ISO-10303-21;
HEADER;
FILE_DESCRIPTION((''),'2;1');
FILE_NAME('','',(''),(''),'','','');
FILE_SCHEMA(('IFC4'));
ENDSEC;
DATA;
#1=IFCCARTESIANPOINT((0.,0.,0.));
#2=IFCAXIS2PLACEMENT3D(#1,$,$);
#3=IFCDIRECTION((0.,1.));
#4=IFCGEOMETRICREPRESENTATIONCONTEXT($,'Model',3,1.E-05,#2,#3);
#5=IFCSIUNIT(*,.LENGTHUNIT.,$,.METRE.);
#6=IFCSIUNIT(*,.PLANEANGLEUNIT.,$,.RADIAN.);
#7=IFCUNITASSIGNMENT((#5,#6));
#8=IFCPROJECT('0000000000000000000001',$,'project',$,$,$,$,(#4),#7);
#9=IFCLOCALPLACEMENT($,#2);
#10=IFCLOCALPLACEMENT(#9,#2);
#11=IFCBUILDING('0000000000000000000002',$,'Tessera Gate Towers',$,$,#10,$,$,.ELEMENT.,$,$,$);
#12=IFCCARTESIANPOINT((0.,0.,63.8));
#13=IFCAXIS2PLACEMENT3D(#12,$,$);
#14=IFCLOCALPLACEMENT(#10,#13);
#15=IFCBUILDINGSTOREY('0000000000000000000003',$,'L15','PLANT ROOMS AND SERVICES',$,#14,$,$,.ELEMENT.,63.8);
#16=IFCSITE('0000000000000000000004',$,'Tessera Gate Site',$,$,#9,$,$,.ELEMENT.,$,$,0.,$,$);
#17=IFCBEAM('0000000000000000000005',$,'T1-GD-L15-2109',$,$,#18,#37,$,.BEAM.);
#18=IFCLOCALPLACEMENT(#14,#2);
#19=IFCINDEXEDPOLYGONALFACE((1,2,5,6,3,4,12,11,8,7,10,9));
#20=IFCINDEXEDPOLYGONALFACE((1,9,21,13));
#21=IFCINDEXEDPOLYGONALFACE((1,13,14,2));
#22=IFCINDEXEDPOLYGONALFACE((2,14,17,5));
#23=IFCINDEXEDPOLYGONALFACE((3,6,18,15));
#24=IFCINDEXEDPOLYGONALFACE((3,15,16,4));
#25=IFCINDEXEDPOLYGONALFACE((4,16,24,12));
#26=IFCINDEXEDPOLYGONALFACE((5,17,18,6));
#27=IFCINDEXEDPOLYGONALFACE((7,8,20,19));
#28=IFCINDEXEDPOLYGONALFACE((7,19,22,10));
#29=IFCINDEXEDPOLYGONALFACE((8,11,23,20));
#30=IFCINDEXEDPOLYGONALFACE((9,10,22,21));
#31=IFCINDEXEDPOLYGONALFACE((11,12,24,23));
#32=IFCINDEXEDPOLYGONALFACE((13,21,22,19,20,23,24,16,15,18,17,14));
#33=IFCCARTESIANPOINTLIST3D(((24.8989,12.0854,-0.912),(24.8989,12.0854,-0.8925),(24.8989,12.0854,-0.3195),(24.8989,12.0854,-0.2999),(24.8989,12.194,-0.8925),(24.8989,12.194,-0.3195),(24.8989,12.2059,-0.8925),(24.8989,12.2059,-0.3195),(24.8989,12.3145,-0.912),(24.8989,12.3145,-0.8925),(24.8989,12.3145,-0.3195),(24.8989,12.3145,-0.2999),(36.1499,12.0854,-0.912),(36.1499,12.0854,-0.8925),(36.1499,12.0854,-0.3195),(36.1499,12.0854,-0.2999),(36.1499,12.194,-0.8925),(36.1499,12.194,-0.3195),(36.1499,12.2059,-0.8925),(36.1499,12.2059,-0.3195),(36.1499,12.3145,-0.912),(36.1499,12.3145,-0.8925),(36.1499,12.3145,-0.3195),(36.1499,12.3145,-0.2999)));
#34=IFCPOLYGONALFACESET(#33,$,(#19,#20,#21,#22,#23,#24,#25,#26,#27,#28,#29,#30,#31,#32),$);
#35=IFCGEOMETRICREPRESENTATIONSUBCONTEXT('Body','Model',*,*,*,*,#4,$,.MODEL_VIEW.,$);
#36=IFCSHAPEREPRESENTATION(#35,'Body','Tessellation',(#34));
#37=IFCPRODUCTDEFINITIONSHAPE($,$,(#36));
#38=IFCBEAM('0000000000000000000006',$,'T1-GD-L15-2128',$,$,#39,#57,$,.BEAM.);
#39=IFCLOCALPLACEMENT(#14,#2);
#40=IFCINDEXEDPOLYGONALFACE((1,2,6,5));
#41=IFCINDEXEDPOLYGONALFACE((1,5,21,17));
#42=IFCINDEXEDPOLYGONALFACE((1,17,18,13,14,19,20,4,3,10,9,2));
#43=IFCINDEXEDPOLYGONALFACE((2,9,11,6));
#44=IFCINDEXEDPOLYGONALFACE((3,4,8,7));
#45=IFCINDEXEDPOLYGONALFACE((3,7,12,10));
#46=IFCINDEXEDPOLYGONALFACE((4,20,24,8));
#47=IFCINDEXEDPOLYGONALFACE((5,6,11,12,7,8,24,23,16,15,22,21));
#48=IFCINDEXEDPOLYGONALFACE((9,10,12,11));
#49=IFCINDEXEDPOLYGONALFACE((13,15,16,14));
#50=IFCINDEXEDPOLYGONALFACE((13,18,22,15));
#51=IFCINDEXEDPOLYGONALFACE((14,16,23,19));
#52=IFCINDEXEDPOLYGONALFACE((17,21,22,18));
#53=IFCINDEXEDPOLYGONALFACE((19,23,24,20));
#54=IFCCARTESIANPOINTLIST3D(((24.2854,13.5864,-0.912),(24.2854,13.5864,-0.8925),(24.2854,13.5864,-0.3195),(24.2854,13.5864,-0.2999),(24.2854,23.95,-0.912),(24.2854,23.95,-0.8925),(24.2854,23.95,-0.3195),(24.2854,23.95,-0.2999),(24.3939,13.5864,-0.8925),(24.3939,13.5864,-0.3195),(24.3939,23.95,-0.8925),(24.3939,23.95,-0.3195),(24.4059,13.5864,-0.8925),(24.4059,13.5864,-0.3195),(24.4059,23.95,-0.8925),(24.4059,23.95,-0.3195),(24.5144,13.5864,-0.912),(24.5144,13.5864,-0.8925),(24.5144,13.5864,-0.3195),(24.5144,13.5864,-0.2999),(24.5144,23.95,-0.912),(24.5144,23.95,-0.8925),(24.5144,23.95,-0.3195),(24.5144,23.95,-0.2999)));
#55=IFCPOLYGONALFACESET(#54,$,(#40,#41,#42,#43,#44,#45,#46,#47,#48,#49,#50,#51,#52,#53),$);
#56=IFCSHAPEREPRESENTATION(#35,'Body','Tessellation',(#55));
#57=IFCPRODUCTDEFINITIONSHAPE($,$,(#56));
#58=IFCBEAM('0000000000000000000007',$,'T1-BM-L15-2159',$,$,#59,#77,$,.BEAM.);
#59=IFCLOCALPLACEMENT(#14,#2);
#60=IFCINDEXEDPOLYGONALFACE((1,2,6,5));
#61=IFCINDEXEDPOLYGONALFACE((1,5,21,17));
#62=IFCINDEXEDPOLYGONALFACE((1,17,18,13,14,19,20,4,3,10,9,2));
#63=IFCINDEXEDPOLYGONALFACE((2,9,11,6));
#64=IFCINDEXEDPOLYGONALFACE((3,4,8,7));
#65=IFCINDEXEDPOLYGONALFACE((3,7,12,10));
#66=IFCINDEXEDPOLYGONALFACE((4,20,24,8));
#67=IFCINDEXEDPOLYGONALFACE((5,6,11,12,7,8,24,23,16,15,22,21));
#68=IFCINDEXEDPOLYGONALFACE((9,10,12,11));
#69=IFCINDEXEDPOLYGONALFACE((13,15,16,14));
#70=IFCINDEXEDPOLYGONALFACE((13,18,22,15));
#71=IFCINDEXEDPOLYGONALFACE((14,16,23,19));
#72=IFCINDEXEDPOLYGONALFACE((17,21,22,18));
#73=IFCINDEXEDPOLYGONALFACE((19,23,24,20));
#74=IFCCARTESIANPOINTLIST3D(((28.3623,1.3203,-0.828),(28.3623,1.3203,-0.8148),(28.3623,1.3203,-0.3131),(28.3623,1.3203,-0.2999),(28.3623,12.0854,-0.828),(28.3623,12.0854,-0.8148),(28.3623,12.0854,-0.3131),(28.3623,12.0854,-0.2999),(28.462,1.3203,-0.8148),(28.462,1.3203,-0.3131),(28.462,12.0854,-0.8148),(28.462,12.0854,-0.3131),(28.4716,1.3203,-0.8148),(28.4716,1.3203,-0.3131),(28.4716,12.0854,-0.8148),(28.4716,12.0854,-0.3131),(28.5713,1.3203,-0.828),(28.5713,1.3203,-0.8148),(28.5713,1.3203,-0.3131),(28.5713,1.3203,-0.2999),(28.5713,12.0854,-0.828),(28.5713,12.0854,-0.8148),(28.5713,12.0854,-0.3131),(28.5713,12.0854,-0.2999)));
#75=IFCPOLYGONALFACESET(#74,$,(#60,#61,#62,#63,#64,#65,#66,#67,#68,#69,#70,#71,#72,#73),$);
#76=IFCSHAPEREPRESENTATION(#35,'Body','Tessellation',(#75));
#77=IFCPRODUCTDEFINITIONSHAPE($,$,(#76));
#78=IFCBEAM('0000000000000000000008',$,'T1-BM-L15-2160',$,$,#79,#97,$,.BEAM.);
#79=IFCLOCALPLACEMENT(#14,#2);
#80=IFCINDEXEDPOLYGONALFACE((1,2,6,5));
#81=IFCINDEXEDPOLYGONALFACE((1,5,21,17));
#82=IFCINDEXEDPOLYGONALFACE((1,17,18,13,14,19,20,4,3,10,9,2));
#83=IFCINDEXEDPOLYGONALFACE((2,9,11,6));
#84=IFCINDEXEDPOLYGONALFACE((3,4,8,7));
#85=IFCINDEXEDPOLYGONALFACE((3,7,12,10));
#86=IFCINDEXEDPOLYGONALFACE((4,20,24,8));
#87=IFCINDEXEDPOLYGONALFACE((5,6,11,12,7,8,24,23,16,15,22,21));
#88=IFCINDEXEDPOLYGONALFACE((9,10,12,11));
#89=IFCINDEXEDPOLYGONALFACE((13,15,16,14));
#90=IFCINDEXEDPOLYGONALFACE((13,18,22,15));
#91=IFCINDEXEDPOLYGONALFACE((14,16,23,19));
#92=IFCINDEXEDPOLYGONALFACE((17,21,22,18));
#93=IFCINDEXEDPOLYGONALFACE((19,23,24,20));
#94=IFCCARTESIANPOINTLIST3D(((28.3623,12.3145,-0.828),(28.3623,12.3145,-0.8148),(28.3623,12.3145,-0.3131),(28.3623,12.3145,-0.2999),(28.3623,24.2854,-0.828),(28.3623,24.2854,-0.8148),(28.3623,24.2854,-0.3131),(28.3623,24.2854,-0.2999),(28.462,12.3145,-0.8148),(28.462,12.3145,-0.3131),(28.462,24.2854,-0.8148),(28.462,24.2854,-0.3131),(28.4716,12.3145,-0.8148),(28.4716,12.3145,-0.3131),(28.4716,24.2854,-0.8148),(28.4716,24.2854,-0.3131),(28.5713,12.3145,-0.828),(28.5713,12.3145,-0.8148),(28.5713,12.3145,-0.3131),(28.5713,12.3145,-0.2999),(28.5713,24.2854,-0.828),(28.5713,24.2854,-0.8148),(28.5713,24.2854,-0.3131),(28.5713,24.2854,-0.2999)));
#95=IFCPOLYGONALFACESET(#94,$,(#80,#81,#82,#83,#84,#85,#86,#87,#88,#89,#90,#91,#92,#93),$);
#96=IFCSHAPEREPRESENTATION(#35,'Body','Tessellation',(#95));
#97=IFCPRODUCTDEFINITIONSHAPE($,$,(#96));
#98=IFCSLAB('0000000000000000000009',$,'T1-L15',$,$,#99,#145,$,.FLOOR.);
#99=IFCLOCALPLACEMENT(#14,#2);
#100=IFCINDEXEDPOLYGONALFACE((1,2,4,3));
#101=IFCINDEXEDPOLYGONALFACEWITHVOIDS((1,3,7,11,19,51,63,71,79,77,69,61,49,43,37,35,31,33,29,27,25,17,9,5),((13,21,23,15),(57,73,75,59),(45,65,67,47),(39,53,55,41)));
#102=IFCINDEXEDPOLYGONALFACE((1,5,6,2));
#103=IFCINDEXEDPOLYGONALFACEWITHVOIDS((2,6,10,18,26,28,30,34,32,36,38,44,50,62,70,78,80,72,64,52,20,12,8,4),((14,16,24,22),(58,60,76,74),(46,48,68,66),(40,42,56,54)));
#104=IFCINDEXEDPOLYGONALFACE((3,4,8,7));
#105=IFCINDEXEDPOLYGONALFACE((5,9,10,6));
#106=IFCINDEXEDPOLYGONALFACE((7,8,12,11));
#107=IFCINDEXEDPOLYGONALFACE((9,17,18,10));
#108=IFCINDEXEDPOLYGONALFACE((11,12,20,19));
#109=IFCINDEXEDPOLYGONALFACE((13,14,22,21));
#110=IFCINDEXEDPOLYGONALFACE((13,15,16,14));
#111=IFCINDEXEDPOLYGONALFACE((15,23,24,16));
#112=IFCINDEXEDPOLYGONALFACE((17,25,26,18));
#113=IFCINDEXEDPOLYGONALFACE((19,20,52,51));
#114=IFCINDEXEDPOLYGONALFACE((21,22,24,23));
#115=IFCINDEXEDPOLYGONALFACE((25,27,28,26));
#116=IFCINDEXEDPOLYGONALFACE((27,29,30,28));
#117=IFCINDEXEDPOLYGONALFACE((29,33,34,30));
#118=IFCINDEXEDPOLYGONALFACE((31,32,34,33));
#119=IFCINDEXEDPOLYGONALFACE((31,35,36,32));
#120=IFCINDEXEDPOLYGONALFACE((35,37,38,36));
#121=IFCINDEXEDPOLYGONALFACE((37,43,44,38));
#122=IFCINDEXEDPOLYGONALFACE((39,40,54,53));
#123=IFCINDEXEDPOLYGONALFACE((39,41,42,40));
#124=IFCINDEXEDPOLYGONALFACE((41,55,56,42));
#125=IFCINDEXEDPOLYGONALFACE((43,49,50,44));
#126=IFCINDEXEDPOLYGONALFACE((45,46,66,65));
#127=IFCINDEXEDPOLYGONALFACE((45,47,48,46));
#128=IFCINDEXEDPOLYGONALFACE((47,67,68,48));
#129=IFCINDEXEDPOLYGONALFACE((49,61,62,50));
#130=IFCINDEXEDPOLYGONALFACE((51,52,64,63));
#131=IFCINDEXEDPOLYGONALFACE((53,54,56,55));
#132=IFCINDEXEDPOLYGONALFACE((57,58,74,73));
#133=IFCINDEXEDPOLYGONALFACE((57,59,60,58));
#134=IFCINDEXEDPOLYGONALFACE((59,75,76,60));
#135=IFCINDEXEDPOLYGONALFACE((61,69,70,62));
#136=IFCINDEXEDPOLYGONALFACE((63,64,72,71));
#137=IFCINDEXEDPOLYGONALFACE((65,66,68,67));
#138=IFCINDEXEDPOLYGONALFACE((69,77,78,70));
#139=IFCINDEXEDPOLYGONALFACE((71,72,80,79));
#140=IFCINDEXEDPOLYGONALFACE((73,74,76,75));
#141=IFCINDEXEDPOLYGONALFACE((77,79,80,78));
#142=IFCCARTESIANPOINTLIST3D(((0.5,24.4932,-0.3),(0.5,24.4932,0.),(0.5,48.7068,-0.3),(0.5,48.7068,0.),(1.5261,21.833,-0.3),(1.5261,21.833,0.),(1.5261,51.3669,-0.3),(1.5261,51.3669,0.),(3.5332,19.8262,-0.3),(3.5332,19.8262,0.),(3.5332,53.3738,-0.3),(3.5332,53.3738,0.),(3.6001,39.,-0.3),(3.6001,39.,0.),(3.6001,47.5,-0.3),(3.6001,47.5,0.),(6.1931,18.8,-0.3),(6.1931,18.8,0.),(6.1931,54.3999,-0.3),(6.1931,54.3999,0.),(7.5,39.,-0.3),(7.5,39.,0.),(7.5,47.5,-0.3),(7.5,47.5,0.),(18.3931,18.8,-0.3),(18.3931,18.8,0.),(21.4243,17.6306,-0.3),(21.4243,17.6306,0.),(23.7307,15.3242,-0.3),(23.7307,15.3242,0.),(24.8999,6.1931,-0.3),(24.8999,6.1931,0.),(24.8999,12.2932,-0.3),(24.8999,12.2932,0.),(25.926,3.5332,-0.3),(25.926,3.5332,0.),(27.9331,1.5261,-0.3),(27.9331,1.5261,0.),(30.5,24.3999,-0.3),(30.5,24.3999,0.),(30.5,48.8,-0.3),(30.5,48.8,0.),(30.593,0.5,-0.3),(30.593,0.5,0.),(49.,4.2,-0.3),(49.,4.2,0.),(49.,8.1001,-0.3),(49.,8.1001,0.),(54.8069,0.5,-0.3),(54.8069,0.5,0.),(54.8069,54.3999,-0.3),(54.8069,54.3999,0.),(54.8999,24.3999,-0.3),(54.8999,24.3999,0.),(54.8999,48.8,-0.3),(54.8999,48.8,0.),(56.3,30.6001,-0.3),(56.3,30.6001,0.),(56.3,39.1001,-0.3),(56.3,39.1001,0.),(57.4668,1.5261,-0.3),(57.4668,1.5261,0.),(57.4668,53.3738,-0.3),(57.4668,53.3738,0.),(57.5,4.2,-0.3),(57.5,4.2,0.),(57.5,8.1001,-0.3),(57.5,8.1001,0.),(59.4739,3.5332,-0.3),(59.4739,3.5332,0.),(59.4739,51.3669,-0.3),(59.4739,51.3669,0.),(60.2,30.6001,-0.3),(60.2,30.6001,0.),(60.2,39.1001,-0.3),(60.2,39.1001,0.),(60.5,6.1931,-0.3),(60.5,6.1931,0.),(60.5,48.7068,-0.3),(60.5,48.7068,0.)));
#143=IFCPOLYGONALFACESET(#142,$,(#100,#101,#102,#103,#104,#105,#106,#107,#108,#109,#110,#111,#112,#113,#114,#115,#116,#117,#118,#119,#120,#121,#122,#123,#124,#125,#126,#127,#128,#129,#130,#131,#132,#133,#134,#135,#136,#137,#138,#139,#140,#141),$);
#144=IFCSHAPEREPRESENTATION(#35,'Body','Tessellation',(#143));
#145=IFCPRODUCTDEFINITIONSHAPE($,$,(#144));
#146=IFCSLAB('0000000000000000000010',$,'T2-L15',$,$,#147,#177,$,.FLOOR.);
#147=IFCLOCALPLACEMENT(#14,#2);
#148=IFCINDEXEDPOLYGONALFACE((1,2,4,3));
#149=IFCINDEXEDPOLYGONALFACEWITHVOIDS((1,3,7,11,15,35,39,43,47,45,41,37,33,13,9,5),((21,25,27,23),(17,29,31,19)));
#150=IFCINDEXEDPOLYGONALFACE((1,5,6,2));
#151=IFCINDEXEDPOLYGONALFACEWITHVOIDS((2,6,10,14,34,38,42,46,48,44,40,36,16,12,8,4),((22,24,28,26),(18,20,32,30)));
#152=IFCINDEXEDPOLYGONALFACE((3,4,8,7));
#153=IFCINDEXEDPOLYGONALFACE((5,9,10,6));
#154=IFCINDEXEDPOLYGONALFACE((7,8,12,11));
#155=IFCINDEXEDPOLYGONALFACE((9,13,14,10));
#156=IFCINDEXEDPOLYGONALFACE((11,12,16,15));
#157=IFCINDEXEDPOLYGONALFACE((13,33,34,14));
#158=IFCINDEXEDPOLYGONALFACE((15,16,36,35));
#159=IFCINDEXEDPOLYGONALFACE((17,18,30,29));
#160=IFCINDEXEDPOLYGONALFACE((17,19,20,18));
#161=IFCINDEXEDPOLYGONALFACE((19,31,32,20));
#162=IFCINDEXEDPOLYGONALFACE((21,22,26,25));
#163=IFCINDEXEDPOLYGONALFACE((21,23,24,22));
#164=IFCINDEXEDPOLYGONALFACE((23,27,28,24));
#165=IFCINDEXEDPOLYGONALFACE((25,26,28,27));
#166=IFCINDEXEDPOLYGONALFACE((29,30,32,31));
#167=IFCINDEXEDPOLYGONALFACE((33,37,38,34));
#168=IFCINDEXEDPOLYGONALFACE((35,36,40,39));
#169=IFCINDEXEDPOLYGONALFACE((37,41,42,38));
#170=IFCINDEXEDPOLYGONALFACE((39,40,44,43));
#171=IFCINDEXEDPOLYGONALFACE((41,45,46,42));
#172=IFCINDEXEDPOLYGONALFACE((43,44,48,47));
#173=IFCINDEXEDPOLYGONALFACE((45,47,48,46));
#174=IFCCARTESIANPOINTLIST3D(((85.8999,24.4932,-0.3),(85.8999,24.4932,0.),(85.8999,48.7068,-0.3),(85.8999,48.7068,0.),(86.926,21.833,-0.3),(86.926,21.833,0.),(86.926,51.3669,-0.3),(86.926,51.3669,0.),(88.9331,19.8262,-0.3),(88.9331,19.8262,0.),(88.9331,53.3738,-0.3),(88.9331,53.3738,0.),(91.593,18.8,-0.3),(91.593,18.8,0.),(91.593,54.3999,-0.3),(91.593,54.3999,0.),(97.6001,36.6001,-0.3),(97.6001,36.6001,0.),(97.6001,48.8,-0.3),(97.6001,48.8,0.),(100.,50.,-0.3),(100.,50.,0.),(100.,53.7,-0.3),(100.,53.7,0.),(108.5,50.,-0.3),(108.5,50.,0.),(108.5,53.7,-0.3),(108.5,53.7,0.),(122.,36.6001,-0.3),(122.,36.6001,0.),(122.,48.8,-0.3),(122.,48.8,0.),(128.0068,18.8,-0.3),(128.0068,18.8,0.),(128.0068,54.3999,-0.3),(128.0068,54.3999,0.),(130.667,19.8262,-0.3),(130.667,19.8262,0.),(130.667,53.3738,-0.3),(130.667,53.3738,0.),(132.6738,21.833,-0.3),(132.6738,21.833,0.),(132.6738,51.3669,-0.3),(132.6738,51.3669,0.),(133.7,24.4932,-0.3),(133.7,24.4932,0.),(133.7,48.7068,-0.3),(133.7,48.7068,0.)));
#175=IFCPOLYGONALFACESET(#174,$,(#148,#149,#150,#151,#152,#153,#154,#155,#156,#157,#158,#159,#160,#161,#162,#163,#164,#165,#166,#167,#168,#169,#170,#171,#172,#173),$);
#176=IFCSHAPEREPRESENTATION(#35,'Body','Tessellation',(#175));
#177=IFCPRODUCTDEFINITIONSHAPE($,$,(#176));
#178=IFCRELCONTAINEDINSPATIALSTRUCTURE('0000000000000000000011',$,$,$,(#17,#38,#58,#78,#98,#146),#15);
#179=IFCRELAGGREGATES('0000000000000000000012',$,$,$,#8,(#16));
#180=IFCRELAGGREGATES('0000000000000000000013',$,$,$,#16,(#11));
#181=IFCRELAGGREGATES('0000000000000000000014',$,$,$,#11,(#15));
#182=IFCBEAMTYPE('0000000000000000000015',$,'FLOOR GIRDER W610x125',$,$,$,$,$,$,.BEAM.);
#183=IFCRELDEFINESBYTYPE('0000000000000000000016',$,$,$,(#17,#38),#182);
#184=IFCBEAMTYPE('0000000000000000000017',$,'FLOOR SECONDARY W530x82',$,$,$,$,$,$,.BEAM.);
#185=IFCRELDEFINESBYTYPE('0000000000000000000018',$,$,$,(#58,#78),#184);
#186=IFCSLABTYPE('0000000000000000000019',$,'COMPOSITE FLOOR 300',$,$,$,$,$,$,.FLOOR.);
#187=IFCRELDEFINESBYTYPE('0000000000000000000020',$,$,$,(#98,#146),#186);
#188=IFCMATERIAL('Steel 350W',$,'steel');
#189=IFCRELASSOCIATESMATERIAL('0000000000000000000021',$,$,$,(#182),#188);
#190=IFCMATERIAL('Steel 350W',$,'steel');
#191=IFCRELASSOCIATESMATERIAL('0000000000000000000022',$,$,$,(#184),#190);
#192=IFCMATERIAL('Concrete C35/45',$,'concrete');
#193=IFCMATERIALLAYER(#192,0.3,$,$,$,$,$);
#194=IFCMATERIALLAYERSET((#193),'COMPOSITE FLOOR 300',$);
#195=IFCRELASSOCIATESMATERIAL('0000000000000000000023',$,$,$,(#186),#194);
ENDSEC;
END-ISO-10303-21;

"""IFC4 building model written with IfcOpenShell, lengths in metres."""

from ifc_helpers import new_model, si_unit, direction, frame, origin, origin_2d, place, context, subcontext, project, spatial, polyline, i_section, outline, extrude, material, layer, layer_set, material_profile, profile_set, type_object, element, save


model = new_model("IFC4")

# Units and contexts
model_context = context("Model", 3, precision=1e-05, world=origin(), true_north=direction((0.0, 1.0)))
body_context = subcontext(model_context, "Body", "Model", "MODEL_VIEW")
ifc_project = project(units=[si_unit("LENGTHUNIT", "METRE"), si_unit("PLANEANGLEUNIT", "RADIAN")], contexts=[model_context])

# Site, building, storey
site_placement = place(None, origin())
site = spatial("IfcSite", under=ifc_project, at=site_placement, Name="Tessera Gate Site", CompositionType="ELEMENT", RefElevation=0.0)
building_placement = place(site_placement, origin())
building = spatial("IfcBuilding", under=site, at=building_placement, Name="Tessera Gate Towers", CompositionType="ELEMENT")
storey_placement = place(building_placement, frame((0.0, 0.0, 63.8)))
storey = spatial("IfcBuildingStorey", under=building, at=storey_placement, Name="L15", Description="PLANT ROOMS AND SERVICES", CompositionType="ELEMENT", Elevation=63.8)

# Beams
ifc_material_1 = material(Name="Steel 350W", Category="steel")
ifc_material_profile_1 = material_profile(ifc_material_1, i_section(OverallWidth=0.229, OverallDepth=0.6121, WebThickness=0.012, FlangeThickness=0.0195, at=origin_2d()), Name="W610x125")
ifc_profile_set_1 = profile_set([ifc_material_profile_1], Name="Steel 350W")
beam_type_1 = type_object("IfcBeamType", Name="FLOOR GIRDER W610x125", PredefinedType="BEAM", material=ifc_profile_set_1)
beam_1_placement = place(storey_placement, frame((24.8989, 12.2, -0.606), z_axis=(1.0, 0.0, 0.0), x_axis=(0.0, 1.0, 0.0)))
element("IfcBeam", 1, at=beam_1_placement, inside=storey, type_object=beam_type_1, Name="T1-GD-L15-2109", PredefinedType="BEAM", context=body_context, shape_type="SweptSolid", body=[
    extrude(i_section(OverallWidth=0.229, OverallDepth=0.6121, WebThickness=0.012, FlangeThickness=0.0195, at=origin_2d()), origin(), (0.0, 0.0, 1.0), 11.251),
])
beam_2_placement = place(storey_placement, frame((24.3999, 13.5864, -0.606), z_axis=(0.0, 1.0, 0.0), x_axis=(-1.0, 0.0, 0.0)))
element("IfcBeam", 2, at=beam_2_placement, inside=storey, type_object=beam_type_1, Name="T1-GD-L15-2128", PredefinedType="BEAM", context=body_context, shape_type="SweptSolid", body=[
    extrude(i_section(OverallWidth=0.229, OverallDepth=0.6121, WebThickness=0.012, FlangeThickness=0.0195, at=origin_2d()), origin(), (0.0, 0.0, 1.0), 10.3635),
])
ifc_material_2 = material(Name="Steel 350W", Category="steel")
ifc_material_profile_2 = material_profile(ifc_material_2, i_section(OverallWidth=0.209, OverallDepth=0.5281, WebThickness=0.0095, FlangeThickness=0.0132, at=origin_2d()), Name="W530x82")
ifc_profile_set_2 = profile_set([ifc_material_profile_2], Name="Steel 350W")
beam_type_2 = type_object("IfcBeamType", Name="FLOOR SECONDARY W530x82", PredefinedType="BEAM", material=ifc_profile_set_2)
beam_3_placement = place(storey_placement, frame((28.4668, 1.3203, -0.564), z_axis=(0.0, 1.0, 0.0), x_axis=(-1.0, 0.0, 0.0)))
element("IfcBeam", 3, at=beam_3_placement, inside=storey, type_object=beam_type_2, Name="T1-BM-L15-2159", PredefinedType="BEAM", context=body_context, shape_type="SweptSolid", body=[
    extrude(i_section(OverallWidth=0.209, OverallDepth=0.5281, WebThickness=0.0095, FlangeThickness=0.0132, at=origin_2d()), origin(), (0.0, 0.0, 1.0), 10.7651),
])
beam_4_placement = place(storey_placement, frame((28.4668, 12.3145, -0.564), z_axis=(0.0, 1.0, 0.0), x_axis=(-1.0, 0.0, 0.0)))
element("IfcBeam", 4, at=beam_4_placement, inside=storey, type_object=beam_type_2, Name="T1-BM-L15-2160", PredefinedType="BEAM", context=body_context, shape_type="SweptSolid", body=[
    extrude(i_section(OverallWidth=0.209, OverallDepth=0.5281, WebThickness=0.0095, FlangeThickness=0.0132, at=origin_2d()), origin(), (0.0, 0.0, 1.0), 11.9709),
])

# Slabs
ifc_material_3 = material(Name="Concrete C35/45", Category="concrete")
ifc_layer_1 = layer(ifc_material_3, 0.3)
ifc_layer_set_1 = layer_set([ifc_layer_1], Name="COMPOSITE FLOOR 300")
slab_type_1 = type_object("IfcSlabType", Name="COMPOSITE FLOOR 300", PredefinedType="FLOOR", material=ifc_layer_set_1)
slab_1_placement = place(storey_placement, frame((0.0, 0.0, -0.3)))
element("IfcSlab", 5, at=slab_1_placement, inside=storey, type_object=slab_type_1, Name="T1-L15", PredefinedType="FLOOR", context=body_context, shape_type="SweptSolid", body=[
    extrude(outline(polyline([(0.5, 24.4932), (1.5261, 21.833), (3.5332, 19.8262), (6.1931, 18.8), (18.3931, 18.8), (21.4243, 17.6306), (23.7307, 15.3242), (24.8999, 12.2932), (24.8999, 6.1931), (25.926, 3.5332), (27.9331, 1.5261), (30.593, 0.5), (54.8069, 0.5), (57.4668, 1.5261), (59.4739, 3.5332), (60.5, 6.1931), (60.5, 48.7068), (59.4739, 51.3669), (57.4668, 53.3738), (54.8069, 54.3999), (6.1931, 54.3999), (3.5332, 53.3738), (1.5261, 51.3669), (0.5, 48.7068), (0.5, 24.4932)]), holes=[polyline([(3.6001, 39.0), (3.6001, 47.5), (7.5, 47.5), (7.5, 39.0), (3.6001, 39.0)]), polyline([(30.5, 24.3999), (30.5, 48.8), (54.8999, 48.8), (54.8999, 24.3999), (30.5, 24.3999)]), polyline([(49.0, 4.2), (49.0, 8.1001), (57.5, 8.1001), (57.5, 4.2), (49.0, 4.2)]), polyline([(56.3, 30.6001), (56.3, 39.1001), (60.2, 39.1001), (60.2, 30.6001), (56.3, 30.6001)])]), origin(), (0.0, 0.0, 1.0), 0.3),
])
slab_2_placement = place(storey_placement, frame((0.0, 0.0, -0.3)))
element("IfcSlab", 6, at=slab_2_placement, inside=storey, type_object=slab_type_1, Name="T2-L15", PredefinedType="FLOOR", context=body_context, shape_type="SweptSolid", body=[
    extrude(outline(polyline([(85.8999, 24.4932), (86.926, 21.833), (88.9331, 19.8262), (91.593, 18.8), (128.0068, 18.8), (130.667, 19.8262), (132.6738, 21.833), (133.7, 24.4932), (133.7, 48.7068), (132.6738, 51.3669), (130.667, 53.3738), (128.0068, 54.3999), (91.593, 54.3999), (88.9331, 53.3738), (86.926, 51.3669), (85.8999, 48.7068), (85.8999, 24.4932)]), holes=[polyline([(97.6001, 36.6001), (97.6001, 48.8), (122.0, 48.8), (122.0, 36.6001), (97.6001, 36.6001)]), polyline([(100.0, 50.0), (100.0, 53.7), (108.5, 53.7), (108.5, 50.0), (100.0, 50.0)])]), origin(), (0.0, 0.0, 1.0), 0.3),
])

save(model, "model.ifc")
